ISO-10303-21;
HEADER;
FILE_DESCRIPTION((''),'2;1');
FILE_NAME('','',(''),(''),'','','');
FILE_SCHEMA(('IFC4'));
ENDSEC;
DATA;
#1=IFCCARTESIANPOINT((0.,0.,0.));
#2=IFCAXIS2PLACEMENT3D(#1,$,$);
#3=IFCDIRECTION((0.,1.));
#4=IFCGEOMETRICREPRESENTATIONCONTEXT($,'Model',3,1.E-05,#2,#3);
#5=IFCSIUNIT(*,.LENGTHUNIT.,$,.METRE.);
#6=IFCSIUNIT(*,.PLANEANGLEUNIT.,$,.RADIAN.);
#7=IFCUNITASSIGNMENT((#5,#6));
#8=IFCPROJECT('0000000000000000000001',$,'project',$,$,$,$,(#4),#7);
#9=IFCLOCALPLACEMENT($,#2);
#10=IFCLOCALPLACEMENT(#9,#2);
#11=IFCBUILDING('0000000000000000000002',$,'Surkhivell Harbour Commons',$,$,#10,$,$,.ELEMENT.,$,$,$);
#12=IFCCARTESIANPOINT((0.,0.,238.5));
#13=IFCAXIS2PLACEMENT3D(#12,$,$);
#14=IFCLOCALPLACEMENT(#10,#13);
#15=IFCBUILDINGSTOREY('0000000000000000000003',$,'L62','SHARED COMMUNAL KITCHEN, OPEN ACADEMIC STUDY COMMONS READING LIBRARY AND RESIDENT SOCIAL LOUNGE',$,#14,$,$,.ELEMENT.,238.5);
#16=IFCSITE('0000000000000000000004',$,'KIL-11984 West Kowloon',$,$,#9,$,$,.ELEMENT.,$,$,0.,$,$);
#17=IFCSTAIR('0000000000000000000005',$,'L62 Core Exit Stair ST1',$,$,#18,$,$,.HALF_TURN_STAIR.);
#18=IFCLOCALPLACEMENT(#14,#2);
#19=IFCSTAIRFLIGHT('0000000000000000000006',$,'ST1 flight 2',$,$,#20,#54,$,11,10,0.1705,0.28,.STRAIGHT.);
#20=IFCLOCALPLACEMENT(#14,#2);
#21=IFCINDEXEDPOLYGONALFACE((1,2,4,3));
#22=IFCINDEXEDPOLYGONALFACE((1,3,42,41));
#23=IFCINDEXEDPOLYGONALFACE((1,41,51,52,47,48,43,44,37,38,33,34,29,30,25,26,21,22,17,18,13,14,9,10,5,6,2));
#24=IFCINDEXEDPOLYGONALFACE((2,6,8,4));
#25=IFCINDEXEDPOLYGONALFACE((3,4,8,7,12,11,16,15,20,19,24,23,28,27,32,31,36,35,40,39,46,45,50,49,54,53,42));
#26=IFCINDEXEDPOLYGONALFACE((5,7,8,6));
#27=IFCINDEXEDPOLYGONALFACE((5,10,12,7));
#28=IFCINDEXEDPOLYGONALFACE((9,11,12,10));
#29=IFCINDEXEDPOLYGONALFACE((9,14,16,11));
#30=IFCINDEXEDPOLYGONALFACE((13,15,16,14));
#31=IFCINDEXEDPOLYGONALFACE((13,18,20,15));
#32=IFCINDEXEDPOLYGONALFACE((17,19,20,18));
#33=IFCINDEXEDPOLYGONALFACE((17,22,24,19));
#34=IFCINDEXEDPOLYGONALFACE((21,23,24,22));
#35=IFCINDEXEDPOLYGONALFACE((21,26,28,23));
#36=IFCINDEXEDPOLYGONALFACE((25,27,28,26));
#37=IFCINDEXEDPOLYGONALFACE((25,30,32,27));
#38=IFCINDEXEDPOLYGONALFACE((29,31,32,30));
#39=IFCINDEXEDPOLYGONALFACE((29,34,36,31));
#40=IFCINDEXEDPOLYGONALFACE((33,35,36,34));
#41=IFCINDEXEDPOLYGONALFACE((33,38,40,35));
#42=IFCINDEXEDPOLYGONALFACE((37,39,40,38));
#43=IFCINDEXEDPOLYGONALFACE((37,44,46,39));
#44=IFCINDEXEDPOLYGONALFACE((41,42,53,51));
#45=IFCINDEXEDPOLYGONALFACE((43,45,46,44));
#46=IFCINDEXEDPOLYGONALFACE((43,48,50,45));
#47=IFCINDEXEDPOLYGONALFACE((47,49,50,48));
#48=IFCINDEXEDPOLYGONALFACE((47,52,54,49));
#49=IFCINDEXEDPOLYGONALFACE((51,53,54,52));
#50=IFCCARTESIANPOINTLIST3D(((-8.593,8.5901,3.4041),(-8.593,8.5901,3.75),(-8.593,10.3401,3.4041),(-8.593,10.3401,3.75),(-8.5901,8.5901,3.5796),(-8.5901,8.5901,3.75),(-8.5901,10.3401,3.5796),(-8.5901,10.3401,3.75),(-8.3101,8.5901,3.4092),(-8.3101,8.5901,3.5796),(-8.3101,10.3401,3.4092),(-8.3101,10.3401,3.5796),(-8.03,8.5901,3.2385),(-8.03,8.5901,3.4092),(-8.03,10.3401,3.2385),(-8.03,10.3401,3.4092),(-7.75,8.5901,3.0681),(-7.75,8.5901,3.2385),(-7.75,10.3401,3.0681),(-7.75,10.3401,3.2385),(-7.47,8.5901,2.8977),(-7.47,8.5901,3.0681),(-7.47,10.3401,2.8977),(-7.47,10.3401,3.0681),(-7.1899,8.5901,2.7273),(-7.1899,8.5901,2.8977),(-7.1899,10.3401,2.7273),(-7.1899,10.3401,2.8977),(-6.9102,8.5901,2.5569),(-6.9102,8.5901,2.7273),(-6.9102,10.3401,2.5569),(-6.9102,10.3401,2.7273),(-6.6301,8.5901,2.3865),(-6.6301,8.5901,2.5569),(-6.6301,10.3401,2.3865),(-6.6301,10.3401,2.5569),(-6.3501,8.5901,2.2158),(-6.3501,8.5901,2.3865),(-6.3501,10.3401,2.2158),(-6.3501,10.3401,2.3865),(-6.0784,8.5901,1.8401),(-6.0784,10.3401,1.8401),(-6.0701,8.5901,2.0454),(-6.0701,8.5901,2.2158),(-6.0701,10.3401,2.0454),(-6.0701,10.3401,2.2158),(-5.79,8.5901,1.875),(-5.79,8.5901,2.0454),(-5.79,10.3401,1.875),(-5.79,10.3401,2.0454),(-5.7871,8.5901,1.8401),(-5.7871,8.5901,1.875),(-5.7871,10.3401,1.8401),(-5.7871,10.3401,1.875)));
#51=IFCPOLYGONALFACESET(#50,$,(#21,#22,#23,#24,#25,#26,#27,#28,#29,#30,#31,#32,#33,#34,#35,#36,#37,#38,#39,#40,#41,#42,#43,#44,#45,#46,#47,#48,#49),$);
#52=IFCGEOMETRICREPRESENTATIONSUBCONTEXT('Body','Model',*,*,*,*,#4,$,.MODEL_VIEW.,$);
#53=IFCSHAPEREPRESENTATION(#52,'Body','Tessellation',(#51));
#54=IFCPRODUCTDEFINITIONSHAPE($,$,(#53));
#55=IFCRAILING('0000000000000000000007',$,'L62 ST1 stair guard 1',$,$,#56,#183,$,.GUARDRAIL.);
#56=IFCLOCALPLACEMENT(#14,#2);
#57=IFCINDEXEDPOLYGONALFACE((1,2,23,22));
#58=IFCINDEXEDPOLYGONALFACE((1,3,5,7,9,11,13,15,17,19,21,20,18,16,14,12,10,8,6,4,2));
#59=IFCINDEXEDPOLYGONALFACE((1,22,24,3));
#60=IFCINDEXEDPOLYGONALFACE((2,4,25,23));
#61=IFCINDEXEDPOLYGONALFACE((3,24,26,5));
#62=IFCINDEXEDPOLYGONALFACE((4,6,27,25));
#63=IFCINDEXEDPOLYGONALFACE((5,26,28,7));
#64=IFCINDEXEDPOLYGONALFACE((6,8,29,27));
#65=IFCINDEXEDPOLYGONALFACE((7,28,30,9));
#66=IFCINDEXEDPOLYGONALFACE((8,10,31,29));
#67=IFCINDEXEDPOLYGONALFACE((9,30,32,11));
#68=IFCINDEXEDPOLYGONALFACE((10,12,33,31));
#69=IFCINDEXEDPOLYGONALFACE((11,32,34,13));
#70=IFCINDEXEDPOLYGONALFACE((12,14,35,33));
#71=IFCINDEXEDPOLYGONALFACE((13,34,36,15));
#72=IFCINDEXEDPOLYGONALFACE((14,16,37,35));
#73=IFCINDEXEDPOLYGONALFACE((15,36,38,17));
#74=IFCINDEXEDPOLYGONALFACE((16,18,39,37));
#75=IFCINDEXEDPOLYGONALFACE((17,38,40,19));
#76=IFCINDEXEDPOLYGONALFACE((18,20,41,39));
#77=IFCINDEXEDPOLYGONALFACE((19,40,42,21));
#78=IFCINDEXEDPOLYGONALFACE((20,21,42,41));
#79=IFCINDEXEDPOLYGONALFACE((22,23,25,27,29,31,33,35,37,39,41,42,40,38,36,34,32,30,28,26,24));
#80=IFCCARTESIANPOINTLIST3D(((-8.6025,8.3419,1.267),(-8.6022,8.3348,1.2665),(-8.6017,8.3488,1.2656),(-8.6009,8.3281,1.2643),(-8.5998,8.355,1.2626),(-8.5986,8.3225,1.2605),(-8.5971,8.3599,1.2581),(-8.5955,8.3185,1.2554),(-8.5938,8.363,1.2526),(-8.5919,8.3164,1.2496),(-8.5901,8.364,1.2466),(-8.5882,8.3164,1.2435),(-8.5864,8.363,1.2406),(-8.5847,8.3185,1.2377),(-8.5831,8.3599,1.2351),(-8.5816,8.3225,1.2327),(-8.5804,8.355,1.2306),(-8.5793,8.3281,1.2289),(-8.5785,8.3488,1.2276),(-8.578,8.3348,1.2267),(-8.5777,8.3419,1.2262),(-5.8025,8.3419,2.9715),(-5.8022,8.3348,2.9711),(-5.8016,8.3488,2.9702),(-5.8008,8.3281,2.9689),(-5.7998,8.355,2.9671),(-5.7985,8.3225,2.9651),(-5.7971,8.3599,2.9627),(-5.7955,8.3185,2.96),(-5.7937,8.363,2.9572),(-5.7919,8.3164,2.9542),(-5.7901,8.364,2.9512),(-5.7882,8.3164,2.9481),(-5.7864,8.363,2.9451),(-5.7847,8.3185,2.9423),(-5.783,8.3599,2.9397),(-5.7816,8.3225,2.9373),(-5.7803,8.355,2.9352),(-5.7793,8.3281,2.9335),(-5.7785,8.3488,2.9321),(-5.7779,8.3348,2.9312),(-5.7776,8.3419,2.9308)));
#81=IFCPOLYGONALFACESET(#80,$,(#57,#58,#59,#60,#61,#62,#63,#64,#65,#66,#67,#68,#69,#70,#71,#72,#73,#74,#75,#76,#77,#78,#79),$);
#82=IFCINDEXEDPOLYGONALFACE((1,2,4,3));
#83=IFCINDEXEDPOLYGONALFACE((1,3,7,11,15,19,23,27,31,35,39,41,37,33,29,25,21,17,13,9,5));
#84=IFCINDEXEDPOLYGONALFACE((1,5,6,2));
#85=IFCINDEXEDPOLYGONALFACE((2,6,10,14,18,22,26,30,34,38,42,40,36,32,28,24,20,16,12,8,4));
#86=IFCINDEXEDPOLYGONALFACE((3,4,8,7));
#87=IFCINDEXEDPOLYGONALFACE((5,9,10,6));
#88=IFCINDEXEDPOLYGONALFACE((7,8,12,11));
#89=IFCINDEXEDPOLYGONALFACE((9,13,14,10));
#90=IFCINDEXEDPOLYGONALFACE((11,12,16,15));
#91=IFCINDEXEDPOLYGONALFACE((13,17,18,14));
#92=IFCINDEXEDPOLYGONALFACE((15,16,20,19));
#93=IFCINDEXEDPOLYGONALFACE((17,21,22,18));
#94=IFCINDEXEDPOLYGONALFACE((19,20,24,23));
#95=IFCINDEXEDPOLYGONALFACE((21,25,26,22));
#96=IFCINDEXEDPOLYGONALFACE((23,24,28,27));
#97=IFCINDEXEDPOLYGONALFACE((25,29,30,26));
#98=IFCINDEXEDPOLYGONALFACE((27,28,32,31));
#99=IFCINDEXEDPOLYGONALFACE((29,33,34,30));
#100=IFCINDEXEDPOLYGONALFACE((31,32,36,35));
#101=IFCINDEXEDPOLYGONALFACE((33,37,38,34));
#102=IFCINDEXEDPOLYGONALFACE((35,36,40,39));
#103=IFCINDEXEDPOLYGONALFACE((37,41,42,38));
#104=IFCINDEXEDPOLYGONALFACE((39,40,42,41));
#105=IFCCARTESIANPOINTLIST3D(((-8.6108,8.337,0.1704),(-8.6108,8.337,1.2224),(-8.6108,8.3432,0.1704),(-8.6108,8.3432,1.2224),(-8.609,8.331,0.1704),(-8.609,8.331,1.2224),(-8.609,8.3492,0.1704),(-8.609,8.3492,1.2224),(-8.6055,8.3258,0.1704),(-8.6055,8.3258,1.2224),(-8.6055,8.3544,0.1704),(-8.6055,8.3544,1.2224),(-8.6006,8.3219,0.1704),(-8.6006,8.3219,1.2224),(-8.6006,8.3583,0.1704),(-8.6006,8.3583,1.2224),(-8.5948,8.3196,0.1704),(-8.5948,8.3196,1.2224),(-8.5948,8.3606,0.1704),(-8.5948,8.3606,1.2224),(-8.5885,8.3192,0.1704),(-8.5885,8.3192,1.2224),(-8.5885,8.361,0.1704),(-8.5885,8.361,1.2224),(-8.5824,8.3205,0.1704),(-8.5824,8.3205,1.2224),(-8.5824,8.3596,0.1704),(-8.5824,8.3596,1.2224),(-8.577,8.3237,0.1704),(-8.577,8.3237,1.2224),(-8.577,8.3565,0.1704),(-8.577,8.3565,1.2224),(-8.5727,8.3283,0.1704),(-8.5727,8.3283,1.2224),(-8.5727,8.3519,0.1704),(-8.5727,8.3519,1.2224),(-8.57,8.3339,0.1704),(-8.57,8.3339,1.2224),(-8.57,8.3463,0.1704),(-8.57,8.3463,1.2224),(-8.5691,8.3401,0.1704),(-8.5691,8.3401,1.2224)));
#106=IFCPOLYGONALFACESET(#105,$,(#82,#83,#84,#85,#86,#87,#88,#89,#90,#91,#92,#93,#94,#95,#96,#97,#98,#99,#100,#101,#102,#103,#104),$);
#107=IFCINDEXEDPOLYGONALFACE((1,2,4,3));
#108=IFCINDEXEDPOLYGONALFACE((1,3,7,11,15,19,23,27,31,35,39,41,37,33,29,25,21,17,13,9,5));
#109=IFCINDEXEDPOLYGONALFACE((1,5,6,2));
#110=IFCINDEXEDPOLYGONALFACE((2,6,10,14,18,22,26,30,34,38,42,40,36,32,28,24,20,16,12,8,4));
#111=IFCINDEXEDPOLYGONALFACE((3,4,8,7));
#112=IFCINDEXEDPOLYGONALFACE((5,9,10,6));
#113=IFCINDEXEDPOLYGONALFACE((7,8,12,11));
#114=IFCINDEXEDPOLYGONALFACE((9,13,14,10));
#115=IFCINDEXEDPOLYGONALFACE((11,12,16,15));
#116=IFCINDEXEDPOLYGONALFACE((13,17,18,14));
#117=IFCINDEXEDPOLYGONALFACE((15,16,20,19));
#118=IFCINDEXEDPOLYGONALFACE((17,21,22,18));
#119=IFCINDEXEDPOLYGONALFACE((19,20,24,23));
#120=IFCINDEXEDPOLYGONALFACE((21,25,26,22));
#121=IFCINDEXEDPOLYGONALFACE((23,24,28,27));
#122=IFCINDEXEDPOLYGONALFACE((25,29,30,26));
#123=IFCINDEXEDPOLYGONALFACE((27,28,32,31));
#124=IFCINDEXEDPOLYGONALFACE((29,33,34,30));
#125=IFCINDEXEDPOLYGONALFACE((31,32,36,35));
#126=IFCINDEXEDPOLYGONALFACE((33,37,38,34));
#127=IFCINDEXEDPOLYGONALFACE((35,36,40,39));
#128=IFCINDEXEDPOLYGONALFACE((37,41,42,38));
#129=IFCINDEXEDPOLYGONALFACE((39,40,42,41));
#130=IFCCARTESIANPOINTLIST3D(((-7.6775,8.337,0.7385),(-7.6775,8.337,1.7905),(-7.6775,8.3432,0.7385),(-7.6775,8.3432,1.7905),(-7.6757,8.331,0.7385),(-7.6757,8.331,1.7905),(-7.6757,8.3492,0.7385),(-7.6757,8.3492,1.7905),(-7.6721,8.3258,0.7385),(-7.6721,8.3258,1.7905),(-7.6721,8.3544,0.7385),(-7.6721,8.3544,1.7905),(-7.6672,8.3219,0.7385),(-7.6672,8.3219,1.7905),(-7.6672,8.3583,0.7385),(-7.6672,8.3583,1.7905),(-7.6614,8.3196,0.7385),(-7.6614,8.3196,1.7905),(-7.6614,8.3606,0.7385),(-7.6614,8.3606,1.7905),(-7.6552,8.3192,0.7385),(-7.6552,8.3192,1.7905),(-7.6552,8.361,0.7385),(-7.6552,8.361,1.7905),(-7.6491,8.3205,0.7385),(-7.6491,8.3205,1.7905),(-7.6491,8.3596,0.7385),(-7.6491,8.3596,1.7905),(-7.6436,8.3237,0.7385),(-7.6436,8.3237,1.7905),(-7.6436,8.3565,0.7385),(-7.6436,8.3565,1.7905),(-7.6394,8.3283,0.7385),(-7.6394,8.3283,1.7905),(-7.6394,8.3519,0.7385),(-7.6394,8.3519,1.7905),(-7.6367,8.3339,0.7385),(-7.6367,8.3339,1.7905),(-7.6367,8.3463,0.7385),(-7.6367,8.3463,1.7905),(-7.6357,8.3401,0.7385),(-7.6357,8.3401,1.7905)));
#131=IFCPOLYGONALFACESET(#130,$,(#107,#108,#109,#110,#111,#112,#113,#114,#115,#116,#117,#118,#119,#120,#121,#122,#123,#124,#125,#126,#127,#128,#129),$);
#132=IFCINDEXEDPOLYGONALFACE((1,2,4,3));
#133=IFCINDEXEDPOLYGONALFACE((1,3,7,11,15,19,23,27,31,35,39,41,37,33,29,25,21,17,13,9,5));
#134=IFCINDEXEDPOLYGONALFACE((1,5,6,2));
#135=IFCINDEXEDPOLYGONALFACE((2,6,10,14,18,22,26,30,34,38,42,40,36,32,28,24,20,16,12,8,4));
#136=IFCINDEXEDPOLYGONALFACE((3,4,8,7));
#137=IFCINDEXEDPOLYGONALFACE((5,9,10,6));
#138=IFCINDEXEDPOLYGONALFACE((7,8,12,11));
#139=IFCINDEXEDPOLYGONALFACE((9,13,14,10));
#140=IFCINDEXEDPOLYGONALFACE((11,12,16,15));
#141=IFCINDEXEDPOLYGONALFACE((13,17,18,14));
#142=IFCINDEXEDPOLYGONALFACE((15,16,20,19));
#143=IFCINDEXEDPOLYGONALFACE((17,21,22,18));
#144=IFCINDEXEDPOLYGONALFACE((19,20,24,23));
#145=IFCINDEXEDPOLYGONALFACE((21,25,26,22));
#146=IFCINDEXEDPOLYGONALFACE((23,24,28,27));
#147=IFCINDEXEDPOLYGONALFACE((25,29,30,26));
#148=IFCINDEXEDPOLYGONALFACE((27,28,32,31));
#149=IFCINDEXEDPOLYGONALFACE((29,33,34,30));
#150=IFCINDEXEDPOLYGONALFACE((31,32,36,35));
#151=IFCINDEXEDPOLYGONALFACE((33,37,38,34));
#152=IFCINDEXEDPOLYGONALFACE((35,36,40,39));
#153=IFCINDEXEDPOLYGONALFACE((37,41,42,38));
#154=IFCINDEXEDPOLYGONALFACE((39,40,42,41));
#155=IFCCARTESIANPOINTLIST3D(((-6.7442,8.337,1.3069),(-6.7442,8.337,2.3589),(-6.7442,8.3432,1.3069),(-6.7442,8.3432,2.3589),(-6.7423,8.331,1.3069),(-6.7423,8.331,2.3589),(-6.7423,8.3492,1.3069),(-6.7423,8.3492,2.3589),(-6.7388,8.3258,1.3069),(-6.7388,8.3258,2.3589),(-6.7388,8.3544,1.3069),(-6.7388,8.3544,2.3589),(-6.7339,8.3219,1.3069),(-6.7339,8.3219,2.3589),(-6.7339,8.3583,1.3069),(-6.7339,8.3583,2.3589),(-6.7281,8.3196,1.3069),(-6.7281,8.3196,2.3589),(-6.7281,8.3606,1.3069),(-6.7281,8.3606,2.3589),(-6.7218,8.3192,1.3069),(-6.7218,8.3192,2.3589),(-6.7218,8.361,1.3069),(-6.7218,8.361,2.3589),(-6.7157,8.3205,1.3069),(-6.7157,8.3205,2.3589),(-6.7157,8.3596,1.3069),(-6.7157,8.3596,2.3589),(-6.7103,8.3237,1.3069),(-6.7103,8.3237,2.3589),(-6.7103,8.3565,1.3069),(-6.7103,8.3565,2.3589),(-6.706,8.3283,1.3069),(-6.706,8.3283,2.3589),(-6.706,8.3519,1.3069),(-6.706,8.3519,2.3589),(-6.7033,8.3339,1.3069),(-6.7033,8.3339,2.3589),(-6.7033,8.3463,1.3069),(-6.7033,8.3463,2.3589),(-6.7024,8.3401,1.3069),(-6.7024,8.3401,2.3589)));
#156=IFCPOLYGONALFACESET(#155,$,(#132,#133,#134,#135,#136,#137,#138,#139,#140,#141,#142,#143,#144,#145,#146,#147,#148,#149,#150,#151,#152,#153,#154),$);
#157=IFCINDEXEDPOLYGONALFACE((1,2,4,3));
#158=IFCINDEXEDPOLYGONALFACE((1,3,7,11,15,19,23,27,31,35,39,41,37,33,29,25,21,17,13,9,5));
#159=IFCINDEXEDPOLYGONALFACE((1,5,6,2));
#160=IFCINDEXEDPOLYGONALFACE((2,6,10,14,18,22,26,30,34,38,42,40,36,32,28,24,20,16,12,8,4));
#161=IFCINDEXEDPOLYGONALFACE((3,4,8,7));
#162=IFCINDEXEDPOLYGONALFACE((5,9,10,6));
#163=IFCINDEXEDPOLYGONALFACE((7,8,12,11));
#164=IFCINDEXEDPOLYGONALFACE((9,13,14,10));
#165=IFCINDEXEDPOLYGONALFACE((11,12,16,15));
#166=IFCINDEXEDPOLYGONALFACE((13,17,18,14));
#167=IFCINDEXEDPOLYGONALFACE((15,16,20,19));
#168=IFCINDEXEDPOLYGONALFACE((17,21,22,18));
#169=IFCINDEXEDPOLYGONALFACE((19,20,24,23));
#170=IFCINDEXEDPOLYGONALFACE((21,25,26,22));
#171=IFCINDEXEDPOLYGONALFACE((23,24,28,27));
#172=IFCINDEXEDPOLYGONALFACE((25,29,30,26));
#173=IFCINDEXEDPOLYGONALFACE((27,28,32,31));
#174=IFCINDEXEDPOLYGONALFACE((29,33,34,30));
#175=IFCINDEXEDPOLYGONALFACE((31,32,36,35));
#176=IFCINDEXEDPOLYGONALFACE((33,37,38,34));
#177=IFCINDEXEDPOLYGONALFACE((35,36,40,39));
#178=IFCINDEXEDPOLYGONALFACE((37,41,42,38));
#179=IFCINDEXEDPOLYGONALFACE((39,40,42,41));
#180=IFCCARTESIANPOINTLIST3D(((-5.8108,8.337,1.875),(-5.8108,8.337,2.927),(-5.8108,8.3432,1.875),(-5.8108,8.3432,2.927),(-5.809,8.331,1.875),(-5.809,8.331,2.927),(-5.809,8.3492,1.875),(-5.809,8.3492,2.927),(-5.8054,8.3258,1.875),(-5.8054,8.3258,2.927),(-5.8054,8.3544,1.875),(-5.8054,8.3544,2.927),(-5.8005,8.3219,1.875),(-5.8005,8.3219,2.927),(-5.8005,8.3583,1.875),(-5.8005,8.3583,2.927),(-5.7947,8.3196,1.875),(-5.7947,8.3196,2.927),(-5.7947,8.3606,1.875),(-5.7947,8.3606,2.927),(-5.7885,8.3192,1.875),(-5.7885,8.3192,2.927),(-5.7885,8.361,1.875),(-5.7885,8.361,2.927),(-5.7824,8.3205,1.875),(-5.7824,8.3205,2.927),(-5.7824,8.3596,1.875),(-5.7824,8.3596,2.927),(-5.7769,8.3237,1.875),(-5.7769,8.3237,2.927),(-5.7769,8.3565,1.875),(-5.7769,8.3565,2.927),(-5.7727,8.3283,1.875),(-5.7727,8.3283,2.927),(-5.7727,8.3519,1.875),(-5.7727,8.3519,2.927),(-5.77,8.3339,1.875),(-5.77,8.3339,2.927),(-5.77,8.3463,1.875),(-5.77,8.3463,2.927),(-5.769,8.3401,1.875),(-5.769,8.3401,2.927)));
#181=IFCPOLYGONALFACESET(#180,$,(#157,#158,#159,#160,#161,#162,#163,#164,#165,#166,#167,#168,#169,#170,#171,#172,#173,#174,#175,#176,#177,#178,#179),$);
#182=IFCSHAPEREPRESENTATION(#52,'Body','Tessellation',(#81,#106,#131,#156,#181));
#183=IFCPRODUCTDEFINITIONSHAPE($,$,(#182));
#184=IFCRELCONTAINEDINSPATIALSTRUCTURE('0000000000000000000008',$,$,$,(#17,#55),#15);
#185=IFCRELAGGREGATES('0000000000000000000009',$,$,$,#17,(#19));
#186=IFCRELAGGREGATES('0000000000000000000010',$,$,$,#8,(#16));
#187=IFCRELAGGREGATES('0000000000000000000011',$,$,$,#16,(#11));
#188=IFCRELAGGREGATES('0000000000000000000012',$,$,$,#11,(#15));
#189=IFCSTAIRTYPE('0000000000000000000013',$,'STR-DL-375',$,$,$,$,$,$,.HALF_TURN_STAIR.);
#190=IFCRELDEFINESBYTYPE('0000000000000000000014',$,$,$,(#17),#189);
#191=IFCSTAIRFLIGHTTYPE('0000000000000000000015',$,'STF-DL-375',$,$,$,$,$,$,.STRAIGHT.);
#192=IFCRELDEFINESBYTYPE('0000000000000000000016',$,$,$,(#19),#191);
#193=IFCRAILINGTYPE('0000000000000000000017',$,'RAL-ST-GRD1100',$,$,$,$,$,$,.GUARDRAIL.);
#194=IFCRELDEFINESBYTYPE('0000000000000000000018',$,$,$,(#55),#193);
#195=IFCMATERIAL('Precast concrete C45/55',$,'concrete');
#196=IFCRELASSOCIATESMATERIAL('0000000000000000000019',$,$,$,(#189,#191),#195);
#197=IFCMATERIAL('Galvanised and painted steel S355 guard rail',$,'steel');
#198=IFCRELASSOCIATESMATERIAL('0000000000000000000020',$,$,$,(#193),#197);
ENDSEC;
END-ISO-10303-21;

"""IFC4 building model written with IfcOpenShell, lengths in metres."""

from ifc_helpers import new_model, si_unit, direction, frame, origin, origin_2d, place, context, subcontext, project, spatial, polyline, circle, outline, extrude, material, type_object, element, aggregate, save


model = new_model("IFC4")

# Units and contexts
model_context = context("Model", 3, precision=1e-05, world=origin(), true_north=direction((0.0, 1.0)))
body_context = subcontext(model_context, "Body", "Model", "MODEL_VIEW")
ifc_project = project(units=[si_unit("LENGTHUNIT", "METRE"), si_unit("PLANEANGLEUNIT", "RADIAN")], contexts=[model_context])

# Site, building, storey
site_placement = place(None, origin())
site = spatial("IfcSite", under=ifc_project, at=site_placement, Name="KIL-11984 West Kowloon", CompositionType="ELEMENT", RefElevation=0.0)
building_placement = place(site_placement, origin())
building = spatial("IfcBuilding", under=site, at=building_placement, Name="Surkhivell Harbour Commons", CompositionType="ELEMENT")
storey_placement = place(building_placement, frame((0.0, 0.0, 238.5)))
storey = spatial("IfcBuildingStorey", under=building, at=storey_placement, Name="L62", Description="SHARED COMMUNAL KITCHEN, OPEN ACADEMIC STUDY COMMONS READING LIBRARY AND RESIDENT SOCIAL LOUNGE", CompositionType="ELEMENT", Elevation=238.5)

# Stair, stair flight
ifc_material_1 = material(Name="Precast concrete C45/55", Category="concrete")
stair_type = type_object("IfcStairType", Name="STR-DL-375", PredefinedType="HALF_TURN_STAIR", material=ifc_material_1)
stair_placement = place(storey_placement, origin())
stair = element("IfcStair", 1, at=stair_placement, inside=storey, type_object=stair_type, Name="L62 Core Exit Stair ST1", PredefinedType="HALF_TURN_STAIR")
stair_flight_type = type_object("IfcStairFlightType", Name="STF-DL-375", PredefinedType="STRAIGHT", material=ifc_material_1)
stair_flight_1_placement = place(storey_placement, frame((-5.79, 9.4651, 1.875), z_axis=(0.0, 0.0, 1.0), x_axis=(-1.0, 0.0, 0.0)))
stair_flight_1 = element("IfcStairFlight", 2, at=stair_flight_1_placement, type_object=stair_flight_type, Name="ST1 flight 2", NumberOfRisers=11, NumberOfTreads=10, PredefinedType="STRAIGHT", RiserHeight=0.1705, TreadLength=0.28, context=body_context, shape_type="SweptSolid", body=[
    extrude(outline(polyline([(-0.0029, -0.0349), (-0.0029, 0.0), (0.0, 0.0), (0.0, 0.1704), (0.28, 0.1704), (0.28, 0.3408), (0.5601, 0.3408), (0.5601, 0.5115), (0.8401, 0.5115), (0.8401, 0.6819), (1.1201, 0.6819), (1.1201, 0.8523), (1.3999, 0.8523), (1.3999, 1.0227), (1.6799, 1.0227), (1.6799, 1.1931), (1.96, 1.1931), (1.96, 1.3635), (2.24, 1.3635), (2.24, 1.5342), (2.52, 1.5342), (2.52, 1.7046), (2.8, 1.7046), (2.8, 1.875), (2.803, 1.875), (2.803, 1.5291), (0.2883, -0.0349), (-0.0029, -0.0349)])), frame((0.0, 0.875, 0.0), z_axis=(0.0, -1.0, 0.0), x_axis=(1.0, 0.0, 0.0)), (0.0, 0.0, 1.0), 1.75),
])
aggregate(stair, [stair_flight_1])

# Railing
ifc_material_2 = material(Name="Galvanised and painted steel S355 guard rail", Category="steel")
railing_type_1 = type_object("IfcRailingType", Name="RAL-ST-GRD1100", PredefinedType="GUARDRAIL", material=ifc_material_2)
railing_1_placement = place(storey_placement, frame((-8.5901, 8.3401, 0.1704)))
element("IfcRailing", 3, at=railing_1_placement, inside=storey, type_object=railing_type_1, Name="L62 ST1 stair guard 1", PredefinedType="GUARDRAIL", context=body_context, shape_type="SweptSolid", body=[
    extrude(circle(Radius=0.0239, at=origin_2d()), frame((0.0, 0.0, 1.0762), z_axis=(0.85417, 0.0, 0.519994), x_axis=(0.0, 1.0, 0.0)), (0.0, 0.0, 1.0), 3.2781),
    extrude(circle(Radius=0.021, at=origin_2d()), origin(), (0.0, 0.0, 1.0), 1.052),
    extrude(circle(Radius=0.021, at=origin_2d()), frame((0.9333, 0.0, 0.5681)), (0.0, 0.0, 1.0), 1.052),
    extrude(circle(Radius=0.021, at=origin_2d()), frame((1.8667, 0.0, 1.1365)), (0.0, 0.0, 1.0), 1.052),
    extrude(circle(Radius=0.021, at=origin_2d()), frame((2.8, 0.0, 1.7046)), (0.0, 0.0, 1.0), 1.052),
])

save(model, "model.ifc")
